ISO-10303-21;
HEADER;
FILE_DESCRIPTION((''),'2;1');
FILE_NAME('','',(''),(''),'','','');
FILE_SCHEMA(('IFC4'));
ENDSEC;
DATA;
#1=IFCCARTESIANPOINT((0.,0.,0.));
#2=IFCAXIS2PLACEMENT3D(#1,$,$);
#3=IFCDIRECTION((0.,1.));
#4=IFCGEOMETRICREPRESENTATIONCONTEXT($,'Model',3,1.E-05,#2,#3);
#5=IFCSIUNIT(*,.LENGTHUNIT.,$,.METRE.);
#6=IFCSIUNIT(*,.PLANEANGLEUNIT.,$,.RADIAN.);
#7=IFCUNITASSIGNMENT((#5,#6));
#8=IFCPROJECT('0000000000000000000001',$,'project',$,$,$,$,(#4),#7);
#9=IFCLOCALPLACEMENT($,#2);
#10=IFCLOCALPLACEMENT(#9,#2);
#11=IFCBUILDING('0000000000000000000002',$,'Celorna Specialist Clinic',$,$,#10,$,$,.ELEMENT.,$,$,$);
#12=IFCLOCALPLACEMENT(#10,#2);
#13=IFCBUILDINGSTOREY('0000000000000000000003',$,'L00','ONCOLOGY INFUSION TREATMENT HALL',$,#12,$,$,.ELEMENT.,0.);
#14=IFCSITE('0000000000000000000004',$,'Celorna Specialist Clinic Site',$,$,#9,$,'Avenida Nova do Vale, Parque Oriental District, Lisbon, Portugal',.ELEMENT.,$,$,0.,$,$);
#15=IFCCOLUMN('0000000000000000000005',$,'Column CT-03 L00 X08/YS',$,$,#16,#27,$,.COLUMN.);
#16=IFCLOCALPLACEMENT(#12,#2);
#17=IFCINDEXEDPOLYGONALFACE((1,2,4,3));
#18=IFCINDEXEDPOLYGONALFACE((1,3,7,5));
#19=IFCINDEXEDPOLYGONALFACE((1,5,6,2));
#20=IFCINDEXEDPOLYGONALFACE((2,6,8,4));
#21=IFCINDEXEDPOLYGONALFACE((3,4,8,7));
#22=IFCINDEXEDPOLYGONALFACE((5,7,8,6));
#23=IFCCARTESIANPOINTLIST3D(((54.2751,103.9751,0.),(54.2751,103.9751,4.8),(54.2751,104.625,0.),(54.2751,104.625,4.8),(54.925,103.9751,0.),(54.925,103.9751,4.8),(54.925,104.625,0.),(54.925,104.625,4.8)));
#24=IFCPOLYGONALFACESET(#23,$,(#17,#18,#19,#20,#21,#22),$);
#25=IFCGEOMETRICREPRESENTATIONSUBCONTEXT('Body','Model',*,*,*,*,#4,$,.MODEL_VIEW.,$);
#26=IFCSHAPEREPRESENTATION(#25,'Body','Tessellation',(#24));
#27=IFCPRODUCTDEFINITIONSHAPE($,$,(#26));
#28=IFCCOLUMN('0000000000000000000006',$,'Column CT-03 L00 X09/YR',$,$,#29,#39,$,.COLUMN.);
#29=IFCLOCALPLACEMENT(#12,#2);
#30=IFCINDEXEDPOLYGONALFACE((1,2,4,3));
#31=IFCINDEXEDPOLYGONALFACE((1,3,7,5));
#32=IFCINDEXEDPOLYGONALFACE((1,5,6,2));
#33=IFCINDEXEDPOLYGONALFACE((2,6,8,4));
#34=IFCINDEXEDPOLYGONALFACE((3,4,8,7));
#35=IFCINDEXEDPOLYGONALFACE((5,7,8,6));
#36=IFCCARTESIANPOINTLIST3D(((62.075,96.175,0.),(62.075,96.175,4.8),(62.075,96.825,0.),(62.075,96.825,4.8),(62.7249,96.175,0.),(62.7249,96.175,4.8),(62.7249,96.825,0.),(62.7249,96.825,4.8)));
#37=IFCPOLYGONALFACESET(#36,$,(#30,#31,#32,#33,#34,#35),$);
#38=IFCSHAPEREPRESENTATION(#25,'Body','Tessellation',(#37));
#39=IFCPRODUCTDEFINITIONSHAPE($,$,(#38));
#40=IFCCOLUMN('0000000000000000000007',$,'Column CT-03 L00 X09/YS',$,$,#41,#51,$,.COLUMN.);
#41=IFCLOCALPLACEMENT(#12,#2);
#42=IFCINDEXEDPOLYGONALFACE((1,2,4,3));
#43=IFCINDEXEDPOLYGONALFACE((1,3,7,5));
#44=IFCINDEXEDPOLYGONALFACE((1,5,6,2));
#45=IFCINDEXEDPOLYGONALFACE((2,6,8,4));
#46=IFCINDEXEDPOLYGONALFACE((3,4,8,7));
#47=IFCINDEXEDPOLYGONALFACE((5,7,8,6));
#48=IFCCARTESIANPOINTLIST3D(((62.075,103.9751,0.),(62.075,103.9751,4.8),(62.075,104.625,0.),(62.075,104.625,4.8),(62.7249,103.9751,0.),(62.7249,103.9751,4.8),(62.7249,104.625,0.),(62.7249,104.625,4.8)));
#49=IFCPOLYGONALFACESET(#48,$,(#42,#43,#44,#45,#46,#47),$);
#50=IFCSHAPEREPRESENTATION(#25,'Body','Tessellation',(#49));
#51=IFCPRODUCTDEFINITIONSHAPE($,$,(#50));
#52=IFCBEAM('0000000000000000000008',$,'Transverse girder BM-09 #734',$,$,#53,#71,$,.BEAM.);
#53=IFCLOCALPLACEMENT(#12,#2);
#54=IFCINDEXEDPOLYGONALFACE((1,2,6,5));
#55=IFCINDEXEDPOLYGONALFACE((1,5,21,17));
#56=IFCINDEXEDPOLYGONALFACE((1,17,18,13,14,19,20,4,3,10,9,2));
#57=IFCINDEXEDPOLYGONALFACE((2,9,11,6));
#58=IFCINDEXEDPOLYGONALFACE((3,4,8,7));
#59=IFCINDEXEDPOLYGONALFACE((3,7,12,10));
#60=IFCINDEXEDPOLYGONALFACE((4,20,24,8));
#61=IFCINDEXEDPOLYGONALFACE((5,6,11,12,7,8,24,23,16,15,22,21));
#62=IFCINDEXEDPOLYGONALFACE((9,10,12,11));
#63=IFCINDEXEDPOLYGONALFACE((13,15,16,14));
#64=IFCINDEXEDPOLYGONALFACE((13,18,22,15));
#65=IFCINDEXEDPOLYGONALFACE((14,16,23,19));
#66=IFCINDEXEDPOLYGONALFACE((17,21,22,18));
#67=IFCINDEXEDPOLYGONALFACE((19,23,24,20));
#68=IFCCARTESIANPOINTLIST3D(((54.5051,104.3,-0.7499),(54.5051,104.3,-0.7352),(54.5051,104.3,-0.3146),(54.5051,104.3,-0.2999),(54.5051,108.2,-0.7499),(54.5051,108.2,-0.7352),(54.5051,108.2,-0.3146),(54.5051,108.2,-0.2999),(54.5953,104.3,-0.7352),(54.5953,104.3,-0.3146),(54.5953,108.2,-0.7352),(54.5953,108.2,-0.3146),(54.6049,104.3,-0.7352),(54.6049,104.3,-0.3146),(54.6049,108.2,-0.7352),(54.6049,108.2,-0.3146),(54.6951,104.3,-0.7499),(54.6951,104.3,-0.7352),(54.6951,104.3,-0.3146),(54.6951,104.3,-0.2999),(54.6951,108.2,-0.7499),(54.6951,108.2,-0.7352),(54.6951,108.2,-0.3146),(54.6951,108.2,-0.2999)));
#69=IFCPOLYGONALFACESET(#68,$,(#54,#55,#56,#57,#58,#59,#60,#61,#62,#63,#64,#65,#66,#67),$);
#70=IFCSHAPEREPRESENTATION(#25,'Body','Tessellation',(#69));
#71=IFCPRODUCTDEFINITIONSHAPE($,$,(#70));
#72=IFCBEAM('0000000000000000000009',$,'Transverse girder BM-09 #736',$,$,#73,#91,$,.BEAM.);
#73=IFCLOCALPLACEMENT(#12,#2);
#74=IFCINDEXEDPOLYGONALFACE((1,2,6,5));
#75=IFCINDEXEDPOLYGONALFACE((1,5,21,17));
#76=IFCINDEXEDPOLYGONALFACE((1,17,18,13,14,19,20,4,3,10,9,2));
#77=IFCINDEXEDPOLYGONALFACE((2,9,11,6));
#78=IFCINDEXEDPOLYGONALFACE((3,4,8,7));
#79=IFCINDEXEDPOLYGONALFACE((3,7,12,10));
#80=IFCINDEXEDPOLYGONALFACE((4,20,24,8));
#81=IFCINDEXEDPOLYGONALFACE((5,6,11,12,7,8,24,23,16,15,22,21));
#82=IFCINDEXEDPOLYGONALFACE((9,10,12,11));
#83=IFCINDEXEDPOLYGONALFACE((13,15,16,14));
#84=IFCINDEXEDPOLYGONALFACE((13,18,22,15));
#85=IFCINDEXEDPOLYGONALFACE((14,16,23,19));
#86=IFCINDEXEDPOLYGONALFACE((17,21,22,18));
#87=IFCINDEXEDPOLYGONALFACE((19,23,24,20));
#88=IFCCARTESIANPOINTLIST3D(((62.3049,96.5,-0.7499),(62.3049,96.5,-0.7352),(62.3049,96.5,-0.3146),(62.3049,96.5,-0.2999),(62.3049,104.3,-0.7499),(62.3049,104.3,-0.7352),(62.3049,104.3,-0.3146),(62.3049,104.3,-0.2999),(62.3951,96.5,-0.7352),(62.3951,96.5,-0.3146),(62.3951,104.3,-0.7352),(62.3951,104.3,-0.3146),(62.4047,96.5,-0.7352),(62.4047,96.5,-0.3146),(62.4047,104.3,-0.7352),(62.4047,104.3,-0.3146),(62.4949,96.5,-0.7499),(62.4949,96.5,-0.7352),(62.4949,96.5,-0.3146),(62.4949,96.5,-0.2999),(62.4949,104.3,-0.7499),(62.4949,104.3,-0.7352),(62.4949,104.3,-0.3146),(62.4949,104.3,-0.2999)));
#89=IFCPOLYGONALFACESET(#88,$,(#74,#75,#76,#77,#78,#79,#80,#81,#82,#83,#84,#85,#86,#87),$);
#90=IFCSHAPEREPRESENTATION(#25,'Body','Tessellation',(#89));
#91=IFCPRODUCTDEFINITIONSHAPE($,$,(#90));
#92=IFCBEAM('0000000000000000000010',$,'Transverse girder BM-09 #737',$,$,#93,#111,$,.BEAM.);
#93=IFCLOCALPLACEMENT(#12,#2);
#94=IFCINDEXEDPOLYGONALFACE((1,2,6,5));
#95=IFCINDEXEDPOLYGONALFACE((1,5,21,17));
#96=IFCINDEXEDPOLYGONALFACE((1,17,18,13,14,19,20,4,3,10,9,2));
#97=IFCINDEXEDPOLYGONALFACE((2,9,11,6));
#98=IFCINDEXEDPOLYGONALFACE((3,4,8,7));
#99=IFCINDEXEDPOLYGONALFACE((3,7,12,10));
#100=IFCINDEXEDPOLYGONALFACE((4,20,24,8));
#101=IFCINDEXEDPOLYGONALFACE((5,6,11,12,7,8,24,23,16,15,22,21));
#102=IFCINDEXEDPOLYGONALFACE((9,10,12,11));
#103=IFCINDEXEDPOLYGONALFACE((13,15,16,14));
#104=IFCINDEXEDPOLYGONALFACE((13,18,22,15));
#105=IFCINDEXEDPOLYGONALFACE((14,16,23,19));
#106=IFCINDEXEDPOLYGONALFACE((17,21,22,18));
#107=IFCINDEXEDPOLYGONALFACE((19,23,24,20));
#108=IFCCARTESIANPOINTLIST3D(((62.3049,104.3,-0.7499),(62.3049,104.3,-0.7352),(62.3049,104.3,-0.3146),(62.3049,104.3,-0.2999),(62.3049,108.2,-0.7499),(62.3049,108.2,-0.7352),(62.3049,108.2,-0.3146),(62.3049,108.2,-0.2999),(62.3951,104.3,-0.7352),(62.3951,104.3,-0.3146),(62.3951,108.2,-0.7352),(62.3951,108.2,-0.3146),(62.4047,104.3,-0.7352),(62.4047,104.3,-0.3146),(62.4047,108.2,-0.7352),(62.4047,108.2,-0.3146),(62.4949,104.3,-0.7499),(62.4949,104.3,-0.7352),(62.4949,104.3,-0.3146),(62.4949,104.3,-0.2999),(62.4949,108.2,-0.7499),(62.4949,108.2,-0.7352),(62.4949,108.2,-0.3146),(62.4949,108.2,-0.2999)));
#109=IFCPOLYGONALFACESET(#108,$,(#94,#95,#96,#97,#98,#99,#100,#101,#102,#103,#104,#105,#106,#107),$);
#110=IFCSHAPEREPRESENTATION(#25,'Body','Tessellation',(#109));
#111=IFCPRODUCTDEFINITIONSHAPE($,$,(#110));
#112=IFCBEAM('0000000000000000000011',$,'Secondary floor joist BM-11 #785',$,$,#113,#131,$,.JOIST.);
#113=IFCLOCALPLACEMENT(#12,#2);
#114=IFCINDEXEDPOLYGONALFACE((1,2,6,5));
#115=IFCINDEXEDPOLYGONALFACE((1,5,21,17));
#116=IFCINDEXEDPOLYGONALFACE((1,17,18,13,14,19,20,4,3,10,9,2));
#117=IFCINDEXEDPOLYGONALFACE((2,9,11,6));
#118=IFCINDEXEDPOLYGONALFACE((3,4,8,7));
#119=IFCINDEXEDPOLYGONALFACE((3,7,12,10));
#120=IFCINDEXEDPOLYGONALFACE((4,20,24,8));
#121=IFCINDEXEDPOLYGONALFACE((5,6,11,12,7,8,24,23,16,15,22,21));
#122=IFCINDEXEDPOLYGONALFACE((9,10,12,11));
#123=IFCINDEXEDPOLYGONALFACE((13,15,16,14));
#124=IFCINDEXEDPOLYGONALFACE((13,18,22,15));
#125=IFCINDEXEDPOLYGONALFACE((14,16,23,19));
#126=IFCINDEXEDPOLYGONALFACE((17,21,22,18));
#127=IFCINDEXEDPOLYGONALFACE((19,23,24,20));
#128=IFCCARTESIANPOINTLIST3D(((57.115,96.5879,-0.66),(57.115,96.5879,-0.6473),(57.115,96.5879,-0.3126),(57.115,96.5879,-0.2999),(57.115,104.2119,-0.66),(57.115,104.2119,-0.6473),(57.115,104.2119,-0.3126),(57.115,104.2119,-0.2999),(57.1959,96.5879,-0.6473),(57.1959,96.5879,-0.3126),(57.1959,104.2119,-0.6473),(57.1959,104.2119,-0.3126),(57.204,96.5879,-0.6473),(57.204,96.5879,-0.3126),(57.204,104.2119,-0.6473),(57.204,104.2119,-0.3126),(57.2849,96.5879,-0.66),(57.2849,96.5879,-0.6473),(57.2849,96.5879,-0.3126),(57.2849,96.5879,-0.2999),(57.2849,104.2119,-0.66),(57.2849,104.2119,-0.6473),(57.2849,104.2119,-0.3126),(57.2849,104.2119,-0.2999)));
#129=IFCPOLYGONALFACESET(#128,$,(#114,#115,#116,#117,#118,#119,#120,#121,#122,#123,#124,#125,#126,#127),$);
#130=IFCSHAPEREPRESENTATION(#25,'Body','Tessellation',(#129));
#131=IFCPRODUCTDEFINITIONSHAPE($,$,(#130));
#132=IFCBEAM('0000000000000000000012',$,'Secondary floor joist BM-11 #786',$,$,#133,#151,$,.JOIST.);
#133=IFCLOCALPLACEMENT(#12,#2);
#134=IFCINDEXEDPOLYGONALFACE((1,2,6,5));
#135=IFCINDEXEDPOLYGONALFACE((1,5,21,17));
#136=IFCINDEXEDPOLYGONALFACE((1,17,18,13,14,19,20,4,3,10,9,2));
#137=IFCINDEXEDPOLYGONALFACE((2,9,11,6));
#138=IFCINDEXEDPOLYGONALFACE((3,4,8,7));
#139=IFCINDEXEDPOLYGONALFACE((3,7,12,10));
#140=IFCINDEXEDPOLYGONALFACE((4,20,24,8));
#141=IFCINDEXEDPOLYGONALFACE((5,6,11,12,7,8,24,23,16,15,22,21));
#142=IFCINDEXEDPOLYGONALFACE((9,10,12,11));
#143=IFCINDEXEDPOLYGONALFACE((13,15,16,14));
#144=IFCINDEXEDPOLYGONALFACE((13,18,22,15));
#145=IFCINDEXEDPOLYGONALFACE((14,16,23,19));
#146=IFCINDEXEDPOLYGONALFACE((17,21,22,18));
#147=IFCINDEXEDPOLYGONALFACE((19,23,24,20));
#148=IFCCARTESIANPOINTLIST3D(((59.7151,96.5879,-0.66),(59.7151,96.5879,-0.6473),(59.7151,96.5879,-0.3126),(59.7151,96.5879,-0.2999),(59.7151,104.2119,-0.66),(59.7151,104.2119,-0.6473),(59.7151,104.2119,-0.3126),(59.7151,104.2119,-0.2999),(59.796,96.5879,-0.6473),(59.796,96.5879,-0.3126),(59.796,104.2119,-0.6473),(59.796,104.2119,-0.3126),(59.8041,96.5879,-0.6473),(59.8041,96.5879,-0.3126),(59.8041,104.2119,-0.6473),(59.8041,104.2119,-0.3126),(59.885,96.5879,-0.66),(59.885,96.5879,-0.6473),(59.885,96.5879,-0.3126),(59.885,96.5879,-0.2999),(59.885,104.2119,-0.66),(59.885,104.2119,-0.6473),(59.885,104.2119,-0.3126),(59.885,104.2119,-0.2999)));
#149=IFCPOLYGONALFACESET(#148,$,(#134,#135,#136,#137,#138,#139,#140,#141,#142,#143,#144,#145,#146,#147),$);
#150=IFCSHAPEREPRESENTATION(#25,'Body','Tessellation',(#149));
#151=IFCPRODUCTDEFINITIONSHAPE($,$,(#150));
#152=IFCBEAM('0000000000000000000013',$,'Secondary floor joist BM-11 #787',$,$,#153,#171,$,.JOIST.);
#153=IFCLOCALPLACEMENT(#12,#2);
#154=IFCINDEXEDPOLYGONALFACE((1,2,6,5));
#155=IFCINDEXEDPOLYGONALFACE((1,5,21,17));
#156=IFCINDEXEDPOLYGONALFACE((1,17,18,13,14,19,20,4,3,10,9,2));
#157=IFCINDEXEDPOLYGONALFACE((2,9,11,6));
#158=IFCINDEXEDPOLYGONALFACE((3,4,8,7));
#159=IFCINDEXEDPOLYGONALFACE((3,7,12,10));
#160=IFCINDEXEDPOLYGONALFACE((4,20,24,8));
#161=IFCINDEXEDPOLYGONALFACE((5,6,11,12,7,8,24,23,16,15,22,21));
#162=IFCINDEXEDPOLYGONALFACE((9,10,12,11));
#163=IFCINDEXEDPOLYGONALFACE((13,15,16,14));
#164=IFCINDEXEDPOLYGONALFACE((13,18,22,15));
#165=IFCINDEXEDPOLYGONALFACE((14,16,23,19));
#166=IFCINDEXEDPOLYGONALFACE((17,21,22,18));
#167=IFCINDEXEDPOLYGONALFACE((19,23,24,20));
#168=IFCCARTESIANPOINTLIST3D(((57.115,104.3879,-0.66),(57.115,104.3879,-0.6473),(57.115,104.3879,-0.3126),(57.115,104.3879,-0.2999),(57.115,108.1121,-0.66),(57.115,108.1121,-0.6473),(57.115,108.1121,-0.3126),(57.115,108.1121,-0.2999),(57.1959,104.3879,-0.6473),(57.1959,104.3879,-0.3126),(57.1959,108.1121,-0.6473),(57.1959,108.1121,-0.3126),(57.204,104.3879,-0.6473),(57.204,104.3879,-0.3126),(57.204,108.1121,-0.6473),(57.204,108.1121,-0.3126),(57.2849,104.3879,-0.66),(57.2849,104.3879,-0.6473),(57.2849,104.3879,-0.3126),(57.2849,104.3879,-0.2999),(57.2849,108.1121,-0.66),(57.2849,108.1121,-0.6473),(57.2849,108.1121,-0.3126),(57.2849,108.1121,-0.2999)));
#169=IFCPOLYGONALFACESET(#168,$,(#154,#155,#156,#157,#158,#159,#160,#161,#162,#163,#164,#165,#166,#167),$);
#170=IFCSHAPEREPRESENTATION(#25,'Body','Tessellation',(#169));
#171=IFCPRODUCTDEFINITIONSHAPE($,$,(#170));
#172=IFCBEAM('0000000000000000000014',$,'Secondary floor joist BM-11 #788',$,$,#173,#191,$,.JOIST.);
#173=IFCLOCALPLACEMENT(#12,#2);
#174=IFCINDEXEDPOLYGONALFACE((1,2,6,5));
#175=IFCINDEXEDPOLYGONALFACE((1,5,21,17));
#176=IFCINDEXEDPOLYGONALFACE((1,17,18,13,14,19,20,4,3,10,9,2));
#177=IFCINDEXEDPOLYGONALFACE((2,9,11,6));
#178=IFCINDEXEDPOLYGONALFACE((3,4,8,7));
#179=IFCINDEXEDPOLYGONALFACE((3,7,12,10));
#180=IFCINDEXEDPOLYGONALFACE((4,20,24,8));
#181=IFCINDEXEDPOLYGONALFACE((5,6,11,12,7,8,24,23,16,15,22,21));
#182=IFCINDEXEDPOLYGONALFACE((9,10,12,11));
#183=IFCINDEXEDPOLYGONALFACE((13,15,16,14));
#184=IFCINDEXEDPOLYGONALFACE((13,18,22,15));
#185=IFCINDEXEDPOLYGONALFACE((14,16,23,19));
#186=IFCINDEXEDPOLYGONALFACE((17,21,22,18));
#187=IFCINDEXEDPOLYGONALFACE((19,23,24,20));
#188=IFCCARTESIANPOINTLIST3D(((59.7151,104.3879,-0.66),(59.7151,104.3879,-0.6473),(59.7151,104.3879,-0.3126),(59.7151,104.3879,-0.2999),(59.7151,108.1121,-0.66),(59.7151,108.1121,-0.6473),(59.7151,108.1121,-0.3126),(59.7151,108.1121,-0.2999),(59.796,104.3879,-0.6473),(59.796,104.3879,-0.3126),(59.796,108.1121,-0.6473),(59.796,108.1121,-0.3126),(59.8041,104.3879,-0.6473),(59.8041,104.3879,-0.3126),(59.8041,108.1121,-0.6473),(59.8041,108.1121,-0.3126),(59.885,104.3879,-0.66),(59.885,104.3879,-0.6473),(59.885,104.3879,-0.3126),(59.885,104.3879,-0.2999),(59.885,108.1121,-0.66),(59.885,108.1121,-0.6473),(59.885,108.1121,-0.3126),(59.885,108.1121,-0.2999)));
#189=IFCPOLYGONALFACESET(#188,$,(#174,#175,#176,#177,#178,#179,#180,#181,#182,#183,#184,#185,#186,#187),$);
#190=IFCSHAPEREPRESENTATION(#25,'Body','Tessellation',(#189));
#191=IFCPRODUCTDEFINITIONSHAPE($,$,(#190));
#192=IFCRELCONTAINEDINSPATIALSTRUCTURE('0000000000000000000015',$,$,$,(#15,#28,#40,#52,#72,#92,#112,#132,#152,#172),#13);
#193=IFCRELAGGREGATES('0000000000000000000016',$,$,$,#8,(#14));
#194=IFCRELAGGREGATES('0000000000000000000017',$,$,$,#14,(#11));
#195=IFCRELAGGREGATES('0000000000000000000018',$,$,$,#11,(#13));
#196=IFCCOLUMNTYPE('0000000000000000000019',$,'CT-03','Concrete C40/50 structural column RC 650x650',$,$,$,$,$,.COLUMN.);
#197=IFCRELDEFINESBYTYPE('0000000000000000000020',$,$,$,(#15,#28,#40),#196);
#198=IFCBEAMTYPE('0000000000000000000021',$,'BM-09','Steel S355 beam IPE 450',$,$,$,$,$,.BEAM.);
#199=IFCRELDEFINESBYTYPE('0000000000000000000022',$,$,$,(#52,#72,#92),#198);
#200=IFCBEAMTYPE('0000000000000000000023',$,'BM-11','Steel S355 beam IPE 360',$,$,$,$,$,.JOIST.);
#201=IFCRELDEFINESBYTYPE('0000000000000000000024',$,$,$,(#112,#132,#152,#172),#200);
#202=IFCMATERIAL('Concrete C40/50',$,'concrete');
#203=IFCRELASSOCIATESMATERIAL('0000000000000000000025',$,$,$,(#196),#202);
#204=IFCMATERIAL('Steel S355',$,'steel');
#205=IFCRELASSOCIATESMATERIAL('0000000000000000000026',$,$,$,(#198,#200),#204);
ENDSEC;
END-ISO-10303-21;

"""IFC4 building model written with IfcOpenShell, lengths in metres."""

from ifc_helpers import new_model, si_unit, direction, frame, origin, origin_2d, place, context, subcontext, project, spatial, rectangle, i_section, extrude, material, material_profile, profile_set, type_object, element, save


model = new_model("IFC4")

# Units and contexts
model_context = context("Model", 3, precision=1e-05, world=origin(), true_north=direction((0.0, 1.0)))
body_context = subcontext(model_context, "Body", "Model", "MODEL_VIEW")
ifc_project = project(units=[si_unit("LENGTHUNIT", "METRE"), si_unit("PLANEANGLEUNIT", "RADIAN")], contexts=[model_context])

# Site, building, storey
site_placement = place(None, origin())
site = spatial("IfcSite", under=ifc_project, at=site_placement, Name="Celorna Specialist Clinic Site", LongName="Avenida Nova do Vale, Parque Oriental District, Lisbon, Portugal", CompositionType="ELEMENT", RefElevation=0.0)
building_placement = place(site_placement, origin())
building = spatial("IfcBuilding", under=site, at=building_placement, Name="Celorna Specialist Clinic", CompositionType="ELEMENT")
storey_placement = place(building_placement, origin())
storey = spatial("IfcBuildingStorey", under=building, at=storey_placement, Name="L00", Description="ONCOLOGY INFUSION TREATMENT HALL", CompositionType="ELEMENT", Elevation=0.0)

# Columns
ifc_material_1 = material(Name="Concrete C40/50", Category="concrete")
ifc_material_profile_1 = material_profile(ifc_material_1, rectangle(XDim=0.6499, YDim=0.6499, at=origin_2d()), Name="RC 650x650")
ifc_profile_set_1 = profile_set([ifc_material_profile_1], Name="Concrete C40/50")
column_type = type_object("IfcColumnType", Name="CT-03", Description="Concrete C40/50 structural column RC 650x650", PredefinedType="COLUMN", material=ifc_profile_set_1)
for number, where, z_axis, x_axis, name in (
    (1, (54.6001, 104.3, 0.0), (0.0, 0.0, 1.0), (1.0, 0.0, 0.0), "Column CT-03 L00 X08/YS"),
    (2, (62.3999, 96.5, 0.0), (0.0, 0.0, 1.0), (1.0, 0.0, 0.0), "Column CT-03 L00 X09/YR"),
    (3, (62.3999, 104.3, 0.0), (0.0, 0.0, 1.0), (1.0, 0.0, 0.0), "Column CT-03 L00 X09/YS"),
):
    element("IfcColumn", number, at=place(storey_placement, frame(where, z_axis=z_axis, x_axis=x_axis)), inside=storey, type_object=column_type, Name=name, PredefinedType="COLUMN", context=body_context, shape_type="SweptSolid", body=[
        extrude(rectangle(XDim=0.6499, YDim=0.6499, at=origin_2d()), origin(), (0.0, 0.0, 1.0), 4.8),
    ])

# Beams
ifc_material_2 = material(Name="Steel S355", Category="steel")
ifc_material_profile_2 = material_profile(ifc_material_2, i_section(OverallWidth=0.1899, OverallDepth=0.45, WebThickness=0.0095, FlangeThickness=0.0146, at=origin_2d()), Name="IPE 450")
ifc_profile_set_2 = profile_set([ifc_material_profile_2], Name="Steel S355")
beam_type_1 = type_object("IfcBeamType", Name="BM-09", Description="Steel S355 beam IPE 450", PredefinedType="BEAM", material=ifc_profile_set_2)
beam_1_placement = place(storey_placement, frame((54.6001, 104.3, -0.5249), z_axis=(0.0, 1.0, 0.0), x_axis=(-1.0, 0.0, 0.0)))
element("IfcBeam", 4, at=beam_1_placement, inside=storey, type_object=beam_type_1, Name="Transverse girder BM-09 #734", PredefinedType="BEAM", context=body_context, shape_type="SweptSolid", body=[
    extrude(i_section(OverallWidth=0.1899, OverallDepth=0.45, WebThickness=0.0095, FlangeThickness=0.0146, at=origin_2d()), origin(), (0.0, 0.0, 1.0), 3.8999),
])
beam_2_placement = place(storey_placement, frame((62.3999, 96.5, -0.5249), z_axis=(0.0, 1.0, 0.0), x_axis=(-1.0, 0.0, 0.0)))
element("IfcBeam", 5, at=beam_2_placement, inside=storey, type_object=beam_type_1, Name="Transverse girder BM-09 #736", PredefinedType="BEAM", context=body_context, shape_type="SweptSolid", body=[
    extrude(i_section(OverallWidth=0.1899, OverallDepth=0.45, WebThickness=0.0095, FlangeThickness=0.0146, at=origin_2d()), origin(), (0.0, 0.0, 1.0), 7.8),
])
beam_3_placement = place(storey_placement, frame((62.3999, 104.3, -0.5249), z_axis=(0.0, 1.0, 0.0), x_axis=(-1.0, 0.0, 0.0)))
element("IfcBeam", 6, at=beam_3_placement, inside=storey, type_object=beam_type_1, Name="Transverse girder BM-09 #737", PredefinedType="BEAM", context=body_context, shape_type="SweptSolid", body=[
    extrude(i_section(OverallWidth=0.1899, OverallDepth=0.45, WebThickness=0.0095, FlangeThickness=0.0146, at=origin_2d()), origin(), (0.0, 0.0, 1.0), 3.8999),
])
ifc_material_profile_3 = material_profile(ifc_material_2, i_section(OverallWidth=0.1699, OverallDepth=0.3601, WebThickness=0.0081, FlangeThickness=0.0127, at=origin_2d()), Name="IPE 360")
ifc_profile_set_3 = profile_set([ifc_material_profile_3], Name="Steel S355")
beam_type_2 = type_object("IfcBeamType", Name="BM-11", Description="Steel S355 beam IPE 360", PredefinedType="JOIST", material=ifc_profile_set_3)
for number, where, z_axis, x_axis, name in (
    (7, (57.2, 96.5879, -0.48), (0.0, 1.0, 0.0), (-1.0, 0.0, 0.0), "Secondary floor joist BM-11 #785"),
    (8, (59.8, 96.5879, -0.48), (0.0, 1.0, 0.0), (-1.0, 0.0, 0.0), "Secondary floor joist BM-11 #786"),
):
    element("IfcBeam", number, at=place(storey_placement, frame(where, z_axis=z_axis, x_axis=x_axis)), inside=storey, type_object=beam_type_2, Name=name, PredefinedType="JOIST", context=body_context, shape_type="SweptSolid", body=[
        extrude(i_section(OverallWidth=0.1699, OverallDepth=0.3601, WebThickness=0.0081, FlangeThickness=0.0127, at=origin_2d()), origin(), (0.0, 0.0, 1.0), 7.624),
    ])
for number, where, z_axis, x_axis, name in (
    (9, (57.2, 104.3879, -0.48), (0.0, 1.0, 0.0), (-1.0, 0.0, 0.0), "Secondary floor joist BM-11 #787"),
    (10, (59.8, 104.3879, -0.48), (0.0, 1.0, 0.0), (-1.0, 0.0, 0.0), "Secondary floor joist BM-11 #788"),
):
    element("IfcBeam", number, at=place(storey_placement, frame(where, z_axis=z_axis, x_axis=x_axis)), inside=storey, type_object=beam_type_2, Name=name, PredefinedType="JOIST", context=body_context, shape_type="SweptSolid", body=[
        extrude(i_section(OverallWidth=0.1699, OverallDepth=0.3601, WebThickness=0.0081, FlangeThickness=0.0127, at=origin_2d()), origin(), (0.0, 0.0, 1.0), 3.7241),
    ])

save(model, "model.ifc")
